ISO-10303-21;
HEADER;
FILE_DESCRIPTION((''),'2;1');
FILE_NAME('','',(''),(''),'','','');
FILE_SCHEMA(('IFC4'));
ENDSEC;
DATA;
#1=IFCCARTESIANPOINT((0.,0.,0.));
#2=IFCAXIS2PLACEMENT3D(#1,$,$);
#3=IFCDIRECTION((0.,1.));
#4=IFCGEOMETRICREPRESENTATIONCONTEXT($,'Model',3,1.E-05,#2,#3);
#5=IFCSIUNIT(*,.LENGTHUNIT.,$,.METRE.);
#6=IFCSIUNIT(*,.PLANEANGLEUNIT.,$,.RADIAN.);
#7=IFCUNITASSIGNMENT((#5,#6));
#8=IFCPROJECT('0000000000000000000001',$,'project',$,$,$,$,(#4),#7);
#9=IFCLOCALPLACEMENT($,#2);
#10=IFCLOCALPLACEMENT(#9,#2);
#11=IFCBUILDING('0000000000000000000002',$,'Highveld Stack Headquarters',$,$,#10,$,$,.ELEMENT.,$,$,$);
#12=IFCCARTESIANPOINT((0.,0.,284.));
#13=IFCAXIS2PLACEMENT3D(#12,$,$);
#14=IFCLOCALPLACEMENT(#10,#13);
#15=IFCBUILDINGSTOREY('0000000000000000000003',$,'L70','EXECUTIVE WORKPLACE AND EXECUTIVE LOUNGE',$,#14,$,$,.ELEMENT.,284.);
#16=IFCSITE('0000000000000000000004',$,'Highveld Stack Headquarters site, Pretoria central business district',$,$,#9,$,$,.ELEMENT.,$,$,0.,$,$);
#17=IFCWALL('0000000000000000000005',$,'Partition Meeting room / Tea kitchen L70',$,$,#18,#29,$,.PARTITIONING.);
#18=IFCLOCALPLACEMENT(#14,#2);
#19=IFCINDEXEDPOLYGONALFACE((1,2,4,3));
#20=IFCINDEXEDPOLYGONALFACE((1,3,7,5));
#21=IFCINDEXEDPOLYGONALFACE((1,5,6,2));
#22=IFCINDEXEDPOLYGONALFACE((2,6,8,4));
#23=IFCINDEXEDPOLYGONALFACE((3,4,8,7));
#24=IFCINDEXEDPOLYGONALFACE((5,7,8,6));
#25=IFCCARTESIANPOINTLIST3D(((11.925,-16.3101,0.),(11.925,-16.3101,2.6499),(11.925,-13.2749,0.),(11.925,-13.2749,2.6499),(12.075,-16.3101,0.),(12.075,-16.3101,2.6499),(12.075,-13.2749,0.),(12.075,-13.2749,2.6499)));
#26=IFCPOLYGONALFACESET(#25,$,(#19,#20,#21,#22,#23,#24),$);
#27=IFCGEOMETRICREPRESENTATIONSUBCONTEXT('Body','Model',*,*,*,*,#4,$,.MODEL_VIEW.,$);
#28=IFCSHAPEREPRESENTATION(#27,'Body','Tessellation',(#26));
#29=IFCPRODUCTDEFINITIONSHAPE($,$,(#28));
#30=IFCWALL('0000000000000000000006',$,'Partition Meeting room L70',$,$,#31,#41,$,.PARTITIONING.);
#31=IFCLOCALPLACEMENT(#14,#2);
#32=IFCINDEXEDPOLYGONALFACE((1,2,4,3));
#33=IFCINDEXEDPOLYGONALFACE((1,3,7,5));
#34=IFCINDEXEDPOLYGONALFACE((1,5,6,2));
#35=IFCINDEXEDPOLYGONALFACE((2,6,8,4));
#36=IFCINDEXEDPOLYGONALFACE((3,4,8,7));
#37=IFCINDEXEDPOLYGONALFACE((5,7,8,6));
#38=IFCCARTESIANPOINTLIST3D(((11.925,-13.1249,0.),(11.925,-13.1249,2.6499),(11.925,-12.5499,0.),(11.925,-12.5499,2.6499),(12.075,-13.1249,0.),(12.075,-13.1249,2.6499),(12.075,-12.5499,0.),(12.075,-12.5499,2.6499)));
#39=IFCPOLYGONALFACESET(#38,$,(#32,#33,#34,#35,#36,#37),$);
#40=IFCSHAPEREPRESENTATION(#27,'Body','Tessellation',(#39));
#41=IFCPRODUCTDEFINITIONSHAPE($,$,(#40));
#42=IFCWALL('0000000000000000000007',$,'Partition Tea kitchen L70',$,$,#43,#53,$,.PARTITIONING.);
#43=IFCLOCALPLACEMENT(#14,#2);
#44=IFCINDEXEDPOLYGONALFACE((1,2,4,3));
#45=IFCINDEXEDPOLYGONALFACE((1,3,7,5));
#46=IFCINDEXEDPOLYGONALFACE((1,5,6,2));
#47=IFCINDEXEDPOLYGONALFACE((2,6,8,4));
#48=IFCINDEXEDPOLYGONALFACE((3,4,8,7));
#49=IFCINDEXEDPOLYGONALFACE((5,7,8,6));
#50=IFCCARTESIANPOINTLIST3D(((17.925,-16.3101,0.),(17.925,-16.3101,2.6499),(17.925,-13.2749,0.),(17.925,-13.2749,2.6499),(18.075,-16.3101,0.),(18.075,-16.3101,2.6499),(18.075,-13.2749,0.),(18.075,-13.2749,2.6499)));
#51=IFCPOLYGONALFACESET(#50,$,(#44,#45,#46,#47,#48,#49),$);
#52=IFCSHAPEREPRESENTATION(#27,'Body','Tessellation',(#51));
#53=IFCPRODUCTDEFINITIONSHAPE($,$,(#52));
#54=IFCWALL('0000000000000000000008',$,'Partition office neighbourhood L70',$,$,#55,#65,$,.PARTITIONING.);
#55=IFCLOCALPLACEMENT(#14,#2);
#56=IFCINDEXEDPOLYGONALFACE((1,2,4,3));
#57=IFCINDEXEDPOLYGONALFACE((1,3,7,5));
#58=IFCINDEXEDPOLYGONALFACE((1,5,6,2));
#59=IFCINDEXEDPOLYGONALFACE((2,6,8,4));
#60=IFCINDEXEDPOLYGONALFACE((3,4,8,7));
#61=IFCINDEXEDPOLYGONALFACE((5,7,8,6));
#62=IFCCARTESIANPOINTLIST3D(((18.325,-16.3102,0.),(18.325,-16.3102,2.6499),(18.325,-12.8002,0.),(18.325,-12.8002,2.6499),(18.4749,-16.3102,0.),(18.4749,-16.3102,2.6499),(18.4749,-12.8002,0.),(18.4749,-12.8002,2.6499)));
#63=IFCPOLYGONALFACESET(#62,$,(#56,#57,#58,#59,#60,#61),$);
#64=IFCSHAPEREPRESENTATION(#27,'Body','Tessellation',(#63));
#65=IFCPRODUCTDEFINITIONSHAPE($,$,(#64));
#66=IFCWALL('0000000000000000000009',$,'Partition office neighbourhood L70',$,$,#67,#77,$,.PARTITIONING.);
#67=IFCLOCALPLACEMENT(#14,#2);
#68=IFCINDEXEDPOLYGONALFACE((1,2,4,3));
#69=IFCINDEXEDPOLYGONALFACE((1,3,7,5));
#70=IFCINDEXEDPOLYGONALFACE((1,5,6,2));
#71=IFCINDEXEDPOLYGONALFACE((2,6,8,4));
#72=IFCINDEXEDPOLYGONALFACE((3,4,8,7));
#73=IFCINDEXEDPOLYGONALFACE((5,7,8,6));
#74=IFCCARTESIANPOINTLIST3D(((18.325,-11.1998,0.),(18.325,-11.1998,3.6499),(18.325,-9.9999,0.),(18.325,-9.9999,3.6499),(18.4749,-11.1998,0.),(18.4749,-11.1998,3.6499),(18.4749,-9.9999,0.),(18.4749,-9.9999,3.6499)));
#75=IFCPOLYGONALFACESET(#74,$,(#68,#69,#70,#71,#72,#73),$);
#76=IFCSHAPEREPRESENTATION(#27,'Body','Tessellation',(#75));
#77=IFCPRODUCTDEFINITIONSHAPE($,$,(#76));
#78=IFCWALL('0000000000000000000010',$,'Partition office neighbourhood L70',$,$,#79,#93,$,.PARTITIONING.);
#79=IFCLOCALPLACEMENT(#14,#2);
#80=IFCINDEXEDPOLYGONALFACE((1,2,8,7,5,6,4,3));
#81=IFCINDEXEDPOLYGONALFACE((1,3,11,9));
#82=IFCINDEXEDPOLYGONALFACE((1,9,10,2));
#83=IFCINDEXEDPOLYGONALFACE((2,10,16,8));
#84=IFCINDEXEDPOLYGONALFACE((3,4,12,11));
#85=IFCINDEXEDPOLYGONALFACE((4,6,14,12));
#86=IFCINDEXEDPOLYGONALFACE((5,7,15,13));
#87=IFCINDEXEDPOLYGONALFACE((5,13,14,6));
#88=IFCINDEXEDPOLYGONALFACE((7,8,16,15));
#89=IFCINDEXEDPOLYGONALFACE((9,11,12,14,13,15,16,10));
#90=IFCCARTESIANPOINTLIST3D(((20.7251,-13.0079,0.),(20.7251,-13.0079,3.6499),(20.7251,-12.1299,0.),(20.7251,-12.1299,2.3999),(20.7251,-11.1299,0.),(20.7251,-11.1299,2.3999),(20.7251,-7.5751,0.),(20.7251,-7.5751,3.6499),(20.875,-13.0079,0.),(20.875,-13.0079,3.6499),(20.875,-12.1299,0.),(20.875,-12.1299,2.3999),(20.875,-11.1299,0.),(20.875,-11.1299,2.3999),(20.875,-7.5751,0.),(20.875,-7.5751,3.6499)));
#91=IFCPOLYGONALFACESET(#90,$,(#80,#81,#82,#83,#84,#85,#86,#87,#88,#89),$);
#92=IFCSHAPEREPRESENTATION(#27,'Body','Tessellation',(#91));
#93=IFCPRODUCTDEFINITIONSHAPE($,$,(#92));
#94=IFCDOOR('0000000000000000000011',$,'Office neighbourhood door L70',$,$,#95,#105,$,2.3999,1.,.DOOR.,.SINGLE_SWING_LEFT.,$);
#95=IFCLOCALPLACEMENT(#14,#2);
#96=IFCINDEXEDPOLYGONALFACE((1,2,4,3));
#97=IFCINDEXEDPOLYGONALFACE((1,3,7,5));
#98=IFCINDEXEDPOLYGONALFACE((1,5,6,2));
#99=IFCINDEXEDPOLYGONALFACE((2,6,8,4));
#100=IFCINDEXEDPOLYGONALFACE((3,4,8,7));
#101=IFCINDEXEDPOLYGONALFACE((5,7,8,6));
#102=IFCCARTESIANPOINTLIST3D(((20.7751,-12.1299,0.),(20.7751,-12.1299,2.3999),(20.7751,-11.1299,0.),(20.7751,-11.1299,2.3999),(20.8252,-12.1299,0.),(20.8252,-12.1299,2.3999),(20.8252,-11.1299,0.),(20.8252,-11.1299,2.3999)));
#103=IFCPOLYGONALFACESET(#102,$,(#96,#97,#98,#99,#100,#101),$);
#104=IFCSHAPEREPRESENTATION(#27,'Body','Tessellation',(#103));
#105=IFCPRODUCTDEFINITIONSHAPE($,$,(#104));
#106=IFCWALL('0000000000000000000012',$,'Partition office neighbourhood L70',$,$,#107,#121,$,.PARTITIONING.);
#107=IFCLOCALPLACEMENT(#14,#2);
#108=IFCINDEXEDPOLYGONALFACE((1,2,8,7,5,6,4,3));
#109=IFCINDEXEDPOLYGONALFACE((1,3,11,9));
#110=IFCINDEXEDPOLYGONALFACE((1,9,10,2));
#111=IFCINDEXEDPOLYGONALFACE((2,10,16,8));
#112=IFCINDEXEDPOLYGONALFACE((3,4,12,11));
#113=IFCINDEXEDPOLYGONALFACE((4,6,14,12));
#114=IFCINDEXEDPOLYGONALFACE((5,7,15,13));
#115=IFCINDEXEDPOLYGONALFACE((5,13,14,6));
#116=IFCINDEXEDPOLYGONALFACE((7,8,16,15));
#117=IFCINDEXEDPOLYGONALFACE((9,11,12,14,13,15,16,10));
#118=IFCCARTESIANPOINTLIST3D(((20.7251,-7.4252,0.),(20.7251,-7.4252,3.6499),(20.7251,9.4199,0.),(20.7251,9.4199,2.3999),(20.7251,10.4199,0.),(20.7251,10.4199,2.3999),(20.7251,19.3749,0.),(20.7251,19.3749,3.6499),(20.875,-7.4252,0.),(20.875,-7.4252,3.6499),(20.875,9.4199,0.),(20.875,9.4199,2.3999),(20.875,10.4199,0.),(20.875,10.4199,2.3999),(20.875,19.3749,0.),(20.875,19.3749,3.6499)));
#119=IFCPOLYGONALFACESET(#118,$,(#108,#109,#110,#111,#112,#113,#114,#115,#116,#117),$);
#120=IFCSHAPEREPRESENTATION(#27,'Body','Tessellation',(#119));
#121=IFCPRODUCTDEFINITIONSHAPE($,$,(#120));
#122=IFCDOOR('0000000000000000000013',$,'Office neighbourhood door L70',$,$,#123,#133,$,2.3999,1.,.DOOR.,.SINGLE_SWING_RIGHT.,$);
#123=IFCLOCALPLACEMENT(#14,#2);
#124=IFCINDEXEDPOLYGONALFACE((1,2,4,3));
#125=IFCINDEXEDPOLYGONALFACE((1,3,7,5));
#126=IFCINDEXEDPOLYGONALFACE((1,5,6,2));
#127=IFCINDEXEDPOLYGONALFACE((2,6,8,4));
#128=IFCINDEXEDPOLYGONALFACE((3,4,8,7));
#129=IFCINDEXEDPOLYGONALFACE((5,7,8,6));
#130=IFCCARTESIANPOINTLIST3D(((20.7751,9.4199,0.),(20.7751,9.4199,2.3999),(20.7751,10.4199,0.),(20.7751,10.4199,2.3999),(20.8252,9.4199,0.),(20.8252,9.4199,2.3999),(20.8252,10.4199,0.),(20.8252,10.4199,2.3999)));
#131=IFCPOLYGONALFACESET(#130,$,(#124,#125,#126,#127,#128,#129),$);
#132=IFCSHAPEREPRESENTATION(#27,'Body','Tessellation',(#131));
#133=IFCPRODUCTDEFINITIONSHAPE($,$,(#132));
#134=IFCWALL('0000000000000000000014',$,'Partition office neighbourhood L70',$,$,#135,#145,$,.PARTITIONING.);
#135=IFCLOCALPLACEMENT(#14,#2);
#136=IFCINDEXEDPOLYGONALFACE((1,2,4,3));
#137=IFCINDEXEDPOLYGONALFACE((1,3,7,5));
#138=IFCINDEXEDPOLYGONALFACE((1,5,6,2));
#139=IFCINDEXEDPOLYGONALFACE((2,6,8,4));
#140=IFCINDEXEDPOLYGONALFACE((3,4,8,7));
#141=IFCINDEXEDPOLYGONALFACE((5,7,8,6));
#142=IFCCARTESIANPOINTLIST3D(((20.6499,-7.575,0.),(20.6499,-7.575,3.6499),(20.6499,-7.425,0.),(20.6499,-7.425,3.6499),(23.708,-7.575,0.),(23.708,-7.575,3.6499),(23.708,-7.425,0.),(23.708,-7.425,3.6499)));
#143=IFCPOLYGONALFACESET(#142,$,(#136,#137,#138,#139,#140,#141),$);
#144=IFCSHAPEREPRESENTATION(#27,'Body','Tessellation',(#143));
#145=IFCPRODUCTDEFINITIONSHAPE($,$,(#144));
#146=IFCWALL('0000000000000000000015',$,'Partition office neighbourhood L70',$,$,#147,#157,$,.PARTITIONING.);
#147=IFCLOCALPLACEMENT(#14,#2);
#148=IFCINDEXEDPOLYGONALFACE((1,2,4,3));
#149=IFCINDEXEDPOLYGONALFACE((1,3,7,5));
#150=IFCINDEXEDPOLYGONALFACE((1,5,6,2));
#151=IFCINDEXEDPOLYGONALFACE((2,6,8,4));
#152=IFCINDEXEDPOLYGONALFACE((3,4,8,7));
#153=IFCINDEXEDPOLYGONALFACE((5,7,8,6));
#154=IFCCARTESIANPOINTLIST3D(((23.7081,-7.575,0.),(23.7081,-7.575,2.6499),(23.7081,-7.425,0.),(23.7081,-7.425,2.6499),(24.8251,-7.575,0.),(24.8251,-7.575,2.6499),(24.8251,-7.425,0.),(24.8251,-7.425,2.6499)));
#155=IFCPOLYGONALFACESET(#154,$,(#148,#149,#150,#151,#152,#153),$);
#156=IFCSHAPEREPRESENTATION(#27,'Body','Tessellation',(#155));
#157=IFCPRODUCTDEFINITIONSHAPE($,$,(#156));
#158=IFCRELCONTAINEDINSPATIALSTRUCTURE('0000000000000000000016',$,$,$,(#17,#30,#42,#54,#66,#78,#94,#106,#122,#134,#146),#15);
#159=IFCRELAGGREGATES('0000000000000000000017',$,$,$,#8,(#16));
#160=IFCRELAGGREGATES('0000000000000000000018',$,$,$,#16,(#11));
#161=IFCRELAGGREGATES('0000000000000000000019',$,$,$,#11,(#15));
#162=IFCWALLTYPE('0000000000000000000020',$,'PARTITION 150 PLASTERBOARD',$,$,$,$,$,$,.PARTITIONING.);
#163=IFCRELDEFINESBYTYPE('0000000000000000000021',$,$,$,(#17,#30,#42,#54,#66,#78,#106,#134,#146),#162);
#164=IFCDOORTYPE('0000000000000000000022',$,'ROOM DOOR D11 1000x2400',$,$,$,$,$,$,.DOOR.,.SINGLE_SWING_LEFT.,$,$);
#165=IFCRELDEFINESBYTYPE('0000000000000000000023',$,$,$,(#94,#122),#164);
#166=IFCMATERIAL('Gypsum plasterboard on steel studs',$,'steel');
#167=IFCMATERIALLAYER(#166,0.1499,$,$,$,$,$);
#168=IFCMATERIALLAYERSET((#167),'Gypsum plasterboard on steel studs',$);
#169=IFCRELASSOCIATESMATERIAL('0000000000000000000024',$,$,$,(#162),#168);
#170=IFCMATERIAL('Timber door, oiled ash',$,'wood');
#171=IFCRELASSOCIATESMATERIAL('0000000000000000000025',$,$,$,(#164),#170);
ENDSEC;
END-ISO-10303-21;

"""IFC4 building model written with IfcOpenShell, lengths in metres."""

from ifc_helpers import new_model, si_unit, direction, frame, frame_2d, origin, place, context, subcontext, project, spatial, rectangle, extrude, material, layer, layer_set, type_object, element, fill, save


model = new_model("IFC4")

# Units and contexts
model_context = context("Model", 3, precision=1e-05, world=origin(), true_north=direction((0.0, 1.0)))
body_context = subcontext(model_context, "Body", "Model", "MODEL_VIEW")
ifc_project = project(units=[si_unit("LENGTHUNIT", "METRE"), si_unit("PLANEANGLEUNIT", "RADIAN")], contexts=[model_context])

# Site, building, storey
site_placement = place(None, origin())
site = spatial("IfcSite", under=ifc_project, at=site_placement, Name="Highveld Stack Headquarters site, Pretoria central business district", CompositionType="ELEMENT", RefElevation=0.0)
building_placement = place(site_placement, origin())
building = spatial("IfcBuilding", under=site, at=building_placement, Name="Highveld Stack Headquarters", CompositionType="ELEMENT")
storey_placement = place(building_placement, frame((0.0, 0.0, 284.0)))
storey = spatial("IfcBuildingStorey", under=building, at=storey_placement, Name="L70", Description="EXECUTIVE WORKPLACE AND EXECUTIVE LOUNGE", CompositionType="ELEMENT", Elevation=284.0)

# Shared definitions
ifc_material_1 = material(Name="Gypsum plasterboard on steel studs", Category="steel")
ifc_layer_1 = layer(ifc_material_1, 0.1499)
ifc_layer_set_1 = layer_set([ifc_layer_1], Name="Gypsum plasterboard on steel studs")
wall_type_1 = type_object("IfcWallType", Name="PARTITION 150 PLASTERBOARD", PredefinedType="PARTITIONING", material=ifc_layer_set_1)
ifc_material_2 = material(Name="Timber door, oiled ash", Category="wood")
door_type_1 = type_object("IfcDoorType", Name="ROOM DOOR D11 1000x2400", OperationType="SINGLE_SWING_LEFT", PredefinedType="DOOR", material=ifc_material_2)

# Walls
wall_1_placement = place(storey_placement, frame((12.0, -16.3101, 0.0), z_axis=(0.0, 0.0, 1.0), x_axis=(0.0, 1.0, 0.0)))
element("IfcWall", 1, at=wall_1_placement, inside=storey, type_object=wall_type_1, Name="Partition Meeting room / Tea kitchen L70", PredefinedType="PARTITIONING", context=body_context, shape_type="SweptSolid", body=[
    extrude(rectangle(XDim=3.0352, YDim=0.1499, at=frame_2d((1.5176, 0.0))), origin(), (0.0, 0.0, 1.0), 2.6499),
])
wall_2_placement = place(storey_placement, frame((12.0, -13.125, 0.0), z_axis=(0.0, 0.0, 1.0), x_axis=(0.0, 1.0, 0.0)))
element("IfcWall", 2, at=wall_2_placement, inside=storey, type_object=wall_type_1, Name="Partition Meeting room L70", PredefinedType="PARTITIONING", context=body_context, shape_type="SweptSolid", body=[
    extrude(rectangle(XDim=0.575, YDim=0.1499, at=frame_2d((0.2876, 0.0))), origin(), (0.0, 0.0, 1.0), 2.6499),
])
wall_3_placement = place(storey_placement, frame((18.0, -16.3101, 0.0), z_axis=(0.0, 0.0, 1.0), x_axis=(0.0, 1.0, 0.0)))
element("IfcWall", 3, at=wall_3_placement, inside=storey, type_object=wall_type_1, Name="Partition Tea kitchen L70", PredefinedType="PARTITIONING", context=body_context, shape_type="SweptSolid", body=[
    extrude(rectangle(XDim=3.0352, YDim=0.1499, at=frame_2d((1.5176, 0.0))), origin(), (0.0, 0.0, 1.0), 2.6499),
])
wall_4_placement = place(storey_placement, frame((18.3999, -16.3101, 0.0), z_axis=(0.0, 0.0, 1.0), x_axis=(0.0, 1.0, 0.0)))
element("IfcWall", 4, at=wall_4_placement, inside=storey, type_object=wall_type_1, Name="Partition office neighbourhood L70", PredefinedType="PARTITIONING", context=body_context, shape_type="SweptSolid", body=[
    extrude(rectangle(XDim=3.51, YDim=0.1499, at=frame_2d((1.7549, 0.0))), origin(), (0.0, 0.0, 1.0), 2.6499),
])
wall_5_placement = place(storey_placement, frame((18.3999, -11.2, 0.0), z_axis=(0.0, 0.0, 1.0), x_axis=(0.0, 1.0, 0.0)))
element("IfcWall", 5, at=wall_5_placement, inside=storey, type_object=wall_type_1, Name="Partition office neighbourhood L70", PredefinedType="PARTITIONING", context=body_context, shape_type="SweptSolid", body=[
    extrude(rectangle(XDim=1.2, YDim=0.1499, at=frame_2d((0.6001, 0.0))), origin(), (0.0, 0.0, 1.0), 3.6499),
])

# Walls, openings, doors
wall_6_placement = place(storey_placement, frame((20.8, -13.0078, 0.0), z_axis=(0.0, 0.0, 1.0), x_axis=(0.0, 1.0, 0.0)))
wall_6 = element("IfcWall", 6, at=wall_6_placement, inside=storey, type_object=wall_type_1, Name="Partition office neighbourhood L70", PredefinedType="PARTITIONING", context=body_context, shape_type="SweptSolid", body=[
    extrude(rectangle(XDim=5.4329, YDim=0.1499, at=frame_2d((2.7163, 0.0))), origin(), (0.0, 0.0, 1.0), 3.6499),
])
opening_1_placement = place(wall_6_placement, frame((0.8779, 0.0, 0.0)))
opening_1 = element("IfcOpeningElement", 7, at=opening_1_placement, cuts=wall_6, PredefinedType="OPENING", context=body_context, shape_type="SweptSolid", body=[
    extrude(rectangle(XDim=1.0, YDim=2.3999, at=frame_2d((0.5, 1.2))), frame((0.0, 0.085, 0.0), z_axis=(0.0, -1.0, 0.0), x_axis=(1.0, 0.0, 0.0)), (0.0, 0.0, 1.0), 0.1699),
])
door_1_placement = place(opening_1_placement, origin())
door_1 = element("IfcDoor", 8, at=door_1_placement, inside=storey, type_object=door_type_1, Name="Office neighbourhood door L70", OperationType="SINGLE_SWING_LEFT", OverallHeight=2.3999, OverallWidth=1.0, PredefinedType="DOOR", context=body_context, shape_type="SweptSolid", body=[
    extrude(rectangle(XDim=1.0, YDim=2.3999, at=frame_2d((0.5, 1.2))), frame((0.0, 0.0249, 0.0), z_axis=(0.0, -1.0, 0.0), x_axis=(1.0, 0.0, 0.0)), (0.0, 0.0, 1.0), 0.05),
])
fill(opening_1, door_1)
wall_7_placement = place(storey_placement, frame((20.8, -7.425, 0.0), z_axis=(0.0, 0.0, 1.0), x_axis=(0.0, 1.0, 0.0)))
wall_7 = element("IfcWall", 9, at=wall_7_placement, inside=storey, type_object=wall_type_1, Name="Partition office neighbourhood L70", PredefinedType="PARTITIONING", context=body_context, shape_type="SweptSolid", body=[
    extrude(rectangle(XDim=26.8, YDim=0.1499, at=frame_2d((13.3999, 0.0))), origin(), (0.0, 0.0, 1.0), 3.6499),
])
opening_2_placement = place(wall_7_placement, frame((16.845, 0.0, 0.0)))
opening_2 = element("IfcOpeningElement", 10, at=opening_2_placement, cuts=wall_7, PredefinedType="OPENING", context=body_context, shape_type="SweptSolid", body=[
    extrude(rectangle(XDim=1.0, YDim=2.3999, at=frame_2d((0.5, 1.2))), frame((0.0, 0.085, 0.0), z_axis=(0.0, -1.0, 0.0), x_axis=(1.0, 0.0, 0.0)), (0.0, 0.0, 1.0), 0.1699),
])
door_2_placement = place(opening_2_placement, origin())
door_2 = element("IfcDoor", 11, at=door_2_placement, inside=storey, type_object=door_type_1, Name="Office neighbourhood door L70", OperationType="SINGLE_SWING_RIGHT", OverallHeight=2.3999, OverallWidth=1.0, PredefinedType="DOOR", context=body_context, shape_type="SweptSolid", body=[
    extrude(rectangle(XDim=1.0, YDim=2.3999, at=frame_2d((0.5, 1.2))), frame((0.0, 0.0249, 0.0), z_axis=(0.0, -1.0, 0.0), x_axis=(1.0, 0.0, 0.0)), (0.0, 0.0, 1.0), 0.05),
])
fill(opening_2, door_2)

# Walls
wall_8_placement = place(storey_placement, frame((20.6499, -7.5, 0.0), z_axis=(0.0, 0.0, 1.0), x_axis=(1.0, 0.0, 0.0)))
element("IfcWall", 12, at=wall_8_placement, inside=storey, type_object=wall_type_1, Name="Partition office neighbourhood L70", PredefinedType="PARTITIONING", context=body_context, shape_type="SweptSolid", body=[
    extrude(rectangle(XDim=3.0581, YDim=0.1499, at=frame_2d((1.5291, 0.0))), origin(), (0.0, 0.0, 1.0), 3.6499),
])
wall_9_placement = place(storey_placement, frame((23.708, -7.5, 0.0), z_axis=(0.0, 0.0, 1.0), x_axis=(1.0, 0.0, 0.0)))
element("IfcWall", 13, at=wall_9_placement, inside=storey, type_object=wall_type_1, Name="Partition office neighbourhood L70", PredefinedType="PARTITIONING", context=body_context, shape_type="SweptSolid", body=[
    extrude(rectangle(XDim=1.1169, YDim=0.1499, at=frame_2d((0.5586, 0.0))), origin(), (0.0, 0.0, 1.0), 2.6499),
])

save(model, "model.ifc")
